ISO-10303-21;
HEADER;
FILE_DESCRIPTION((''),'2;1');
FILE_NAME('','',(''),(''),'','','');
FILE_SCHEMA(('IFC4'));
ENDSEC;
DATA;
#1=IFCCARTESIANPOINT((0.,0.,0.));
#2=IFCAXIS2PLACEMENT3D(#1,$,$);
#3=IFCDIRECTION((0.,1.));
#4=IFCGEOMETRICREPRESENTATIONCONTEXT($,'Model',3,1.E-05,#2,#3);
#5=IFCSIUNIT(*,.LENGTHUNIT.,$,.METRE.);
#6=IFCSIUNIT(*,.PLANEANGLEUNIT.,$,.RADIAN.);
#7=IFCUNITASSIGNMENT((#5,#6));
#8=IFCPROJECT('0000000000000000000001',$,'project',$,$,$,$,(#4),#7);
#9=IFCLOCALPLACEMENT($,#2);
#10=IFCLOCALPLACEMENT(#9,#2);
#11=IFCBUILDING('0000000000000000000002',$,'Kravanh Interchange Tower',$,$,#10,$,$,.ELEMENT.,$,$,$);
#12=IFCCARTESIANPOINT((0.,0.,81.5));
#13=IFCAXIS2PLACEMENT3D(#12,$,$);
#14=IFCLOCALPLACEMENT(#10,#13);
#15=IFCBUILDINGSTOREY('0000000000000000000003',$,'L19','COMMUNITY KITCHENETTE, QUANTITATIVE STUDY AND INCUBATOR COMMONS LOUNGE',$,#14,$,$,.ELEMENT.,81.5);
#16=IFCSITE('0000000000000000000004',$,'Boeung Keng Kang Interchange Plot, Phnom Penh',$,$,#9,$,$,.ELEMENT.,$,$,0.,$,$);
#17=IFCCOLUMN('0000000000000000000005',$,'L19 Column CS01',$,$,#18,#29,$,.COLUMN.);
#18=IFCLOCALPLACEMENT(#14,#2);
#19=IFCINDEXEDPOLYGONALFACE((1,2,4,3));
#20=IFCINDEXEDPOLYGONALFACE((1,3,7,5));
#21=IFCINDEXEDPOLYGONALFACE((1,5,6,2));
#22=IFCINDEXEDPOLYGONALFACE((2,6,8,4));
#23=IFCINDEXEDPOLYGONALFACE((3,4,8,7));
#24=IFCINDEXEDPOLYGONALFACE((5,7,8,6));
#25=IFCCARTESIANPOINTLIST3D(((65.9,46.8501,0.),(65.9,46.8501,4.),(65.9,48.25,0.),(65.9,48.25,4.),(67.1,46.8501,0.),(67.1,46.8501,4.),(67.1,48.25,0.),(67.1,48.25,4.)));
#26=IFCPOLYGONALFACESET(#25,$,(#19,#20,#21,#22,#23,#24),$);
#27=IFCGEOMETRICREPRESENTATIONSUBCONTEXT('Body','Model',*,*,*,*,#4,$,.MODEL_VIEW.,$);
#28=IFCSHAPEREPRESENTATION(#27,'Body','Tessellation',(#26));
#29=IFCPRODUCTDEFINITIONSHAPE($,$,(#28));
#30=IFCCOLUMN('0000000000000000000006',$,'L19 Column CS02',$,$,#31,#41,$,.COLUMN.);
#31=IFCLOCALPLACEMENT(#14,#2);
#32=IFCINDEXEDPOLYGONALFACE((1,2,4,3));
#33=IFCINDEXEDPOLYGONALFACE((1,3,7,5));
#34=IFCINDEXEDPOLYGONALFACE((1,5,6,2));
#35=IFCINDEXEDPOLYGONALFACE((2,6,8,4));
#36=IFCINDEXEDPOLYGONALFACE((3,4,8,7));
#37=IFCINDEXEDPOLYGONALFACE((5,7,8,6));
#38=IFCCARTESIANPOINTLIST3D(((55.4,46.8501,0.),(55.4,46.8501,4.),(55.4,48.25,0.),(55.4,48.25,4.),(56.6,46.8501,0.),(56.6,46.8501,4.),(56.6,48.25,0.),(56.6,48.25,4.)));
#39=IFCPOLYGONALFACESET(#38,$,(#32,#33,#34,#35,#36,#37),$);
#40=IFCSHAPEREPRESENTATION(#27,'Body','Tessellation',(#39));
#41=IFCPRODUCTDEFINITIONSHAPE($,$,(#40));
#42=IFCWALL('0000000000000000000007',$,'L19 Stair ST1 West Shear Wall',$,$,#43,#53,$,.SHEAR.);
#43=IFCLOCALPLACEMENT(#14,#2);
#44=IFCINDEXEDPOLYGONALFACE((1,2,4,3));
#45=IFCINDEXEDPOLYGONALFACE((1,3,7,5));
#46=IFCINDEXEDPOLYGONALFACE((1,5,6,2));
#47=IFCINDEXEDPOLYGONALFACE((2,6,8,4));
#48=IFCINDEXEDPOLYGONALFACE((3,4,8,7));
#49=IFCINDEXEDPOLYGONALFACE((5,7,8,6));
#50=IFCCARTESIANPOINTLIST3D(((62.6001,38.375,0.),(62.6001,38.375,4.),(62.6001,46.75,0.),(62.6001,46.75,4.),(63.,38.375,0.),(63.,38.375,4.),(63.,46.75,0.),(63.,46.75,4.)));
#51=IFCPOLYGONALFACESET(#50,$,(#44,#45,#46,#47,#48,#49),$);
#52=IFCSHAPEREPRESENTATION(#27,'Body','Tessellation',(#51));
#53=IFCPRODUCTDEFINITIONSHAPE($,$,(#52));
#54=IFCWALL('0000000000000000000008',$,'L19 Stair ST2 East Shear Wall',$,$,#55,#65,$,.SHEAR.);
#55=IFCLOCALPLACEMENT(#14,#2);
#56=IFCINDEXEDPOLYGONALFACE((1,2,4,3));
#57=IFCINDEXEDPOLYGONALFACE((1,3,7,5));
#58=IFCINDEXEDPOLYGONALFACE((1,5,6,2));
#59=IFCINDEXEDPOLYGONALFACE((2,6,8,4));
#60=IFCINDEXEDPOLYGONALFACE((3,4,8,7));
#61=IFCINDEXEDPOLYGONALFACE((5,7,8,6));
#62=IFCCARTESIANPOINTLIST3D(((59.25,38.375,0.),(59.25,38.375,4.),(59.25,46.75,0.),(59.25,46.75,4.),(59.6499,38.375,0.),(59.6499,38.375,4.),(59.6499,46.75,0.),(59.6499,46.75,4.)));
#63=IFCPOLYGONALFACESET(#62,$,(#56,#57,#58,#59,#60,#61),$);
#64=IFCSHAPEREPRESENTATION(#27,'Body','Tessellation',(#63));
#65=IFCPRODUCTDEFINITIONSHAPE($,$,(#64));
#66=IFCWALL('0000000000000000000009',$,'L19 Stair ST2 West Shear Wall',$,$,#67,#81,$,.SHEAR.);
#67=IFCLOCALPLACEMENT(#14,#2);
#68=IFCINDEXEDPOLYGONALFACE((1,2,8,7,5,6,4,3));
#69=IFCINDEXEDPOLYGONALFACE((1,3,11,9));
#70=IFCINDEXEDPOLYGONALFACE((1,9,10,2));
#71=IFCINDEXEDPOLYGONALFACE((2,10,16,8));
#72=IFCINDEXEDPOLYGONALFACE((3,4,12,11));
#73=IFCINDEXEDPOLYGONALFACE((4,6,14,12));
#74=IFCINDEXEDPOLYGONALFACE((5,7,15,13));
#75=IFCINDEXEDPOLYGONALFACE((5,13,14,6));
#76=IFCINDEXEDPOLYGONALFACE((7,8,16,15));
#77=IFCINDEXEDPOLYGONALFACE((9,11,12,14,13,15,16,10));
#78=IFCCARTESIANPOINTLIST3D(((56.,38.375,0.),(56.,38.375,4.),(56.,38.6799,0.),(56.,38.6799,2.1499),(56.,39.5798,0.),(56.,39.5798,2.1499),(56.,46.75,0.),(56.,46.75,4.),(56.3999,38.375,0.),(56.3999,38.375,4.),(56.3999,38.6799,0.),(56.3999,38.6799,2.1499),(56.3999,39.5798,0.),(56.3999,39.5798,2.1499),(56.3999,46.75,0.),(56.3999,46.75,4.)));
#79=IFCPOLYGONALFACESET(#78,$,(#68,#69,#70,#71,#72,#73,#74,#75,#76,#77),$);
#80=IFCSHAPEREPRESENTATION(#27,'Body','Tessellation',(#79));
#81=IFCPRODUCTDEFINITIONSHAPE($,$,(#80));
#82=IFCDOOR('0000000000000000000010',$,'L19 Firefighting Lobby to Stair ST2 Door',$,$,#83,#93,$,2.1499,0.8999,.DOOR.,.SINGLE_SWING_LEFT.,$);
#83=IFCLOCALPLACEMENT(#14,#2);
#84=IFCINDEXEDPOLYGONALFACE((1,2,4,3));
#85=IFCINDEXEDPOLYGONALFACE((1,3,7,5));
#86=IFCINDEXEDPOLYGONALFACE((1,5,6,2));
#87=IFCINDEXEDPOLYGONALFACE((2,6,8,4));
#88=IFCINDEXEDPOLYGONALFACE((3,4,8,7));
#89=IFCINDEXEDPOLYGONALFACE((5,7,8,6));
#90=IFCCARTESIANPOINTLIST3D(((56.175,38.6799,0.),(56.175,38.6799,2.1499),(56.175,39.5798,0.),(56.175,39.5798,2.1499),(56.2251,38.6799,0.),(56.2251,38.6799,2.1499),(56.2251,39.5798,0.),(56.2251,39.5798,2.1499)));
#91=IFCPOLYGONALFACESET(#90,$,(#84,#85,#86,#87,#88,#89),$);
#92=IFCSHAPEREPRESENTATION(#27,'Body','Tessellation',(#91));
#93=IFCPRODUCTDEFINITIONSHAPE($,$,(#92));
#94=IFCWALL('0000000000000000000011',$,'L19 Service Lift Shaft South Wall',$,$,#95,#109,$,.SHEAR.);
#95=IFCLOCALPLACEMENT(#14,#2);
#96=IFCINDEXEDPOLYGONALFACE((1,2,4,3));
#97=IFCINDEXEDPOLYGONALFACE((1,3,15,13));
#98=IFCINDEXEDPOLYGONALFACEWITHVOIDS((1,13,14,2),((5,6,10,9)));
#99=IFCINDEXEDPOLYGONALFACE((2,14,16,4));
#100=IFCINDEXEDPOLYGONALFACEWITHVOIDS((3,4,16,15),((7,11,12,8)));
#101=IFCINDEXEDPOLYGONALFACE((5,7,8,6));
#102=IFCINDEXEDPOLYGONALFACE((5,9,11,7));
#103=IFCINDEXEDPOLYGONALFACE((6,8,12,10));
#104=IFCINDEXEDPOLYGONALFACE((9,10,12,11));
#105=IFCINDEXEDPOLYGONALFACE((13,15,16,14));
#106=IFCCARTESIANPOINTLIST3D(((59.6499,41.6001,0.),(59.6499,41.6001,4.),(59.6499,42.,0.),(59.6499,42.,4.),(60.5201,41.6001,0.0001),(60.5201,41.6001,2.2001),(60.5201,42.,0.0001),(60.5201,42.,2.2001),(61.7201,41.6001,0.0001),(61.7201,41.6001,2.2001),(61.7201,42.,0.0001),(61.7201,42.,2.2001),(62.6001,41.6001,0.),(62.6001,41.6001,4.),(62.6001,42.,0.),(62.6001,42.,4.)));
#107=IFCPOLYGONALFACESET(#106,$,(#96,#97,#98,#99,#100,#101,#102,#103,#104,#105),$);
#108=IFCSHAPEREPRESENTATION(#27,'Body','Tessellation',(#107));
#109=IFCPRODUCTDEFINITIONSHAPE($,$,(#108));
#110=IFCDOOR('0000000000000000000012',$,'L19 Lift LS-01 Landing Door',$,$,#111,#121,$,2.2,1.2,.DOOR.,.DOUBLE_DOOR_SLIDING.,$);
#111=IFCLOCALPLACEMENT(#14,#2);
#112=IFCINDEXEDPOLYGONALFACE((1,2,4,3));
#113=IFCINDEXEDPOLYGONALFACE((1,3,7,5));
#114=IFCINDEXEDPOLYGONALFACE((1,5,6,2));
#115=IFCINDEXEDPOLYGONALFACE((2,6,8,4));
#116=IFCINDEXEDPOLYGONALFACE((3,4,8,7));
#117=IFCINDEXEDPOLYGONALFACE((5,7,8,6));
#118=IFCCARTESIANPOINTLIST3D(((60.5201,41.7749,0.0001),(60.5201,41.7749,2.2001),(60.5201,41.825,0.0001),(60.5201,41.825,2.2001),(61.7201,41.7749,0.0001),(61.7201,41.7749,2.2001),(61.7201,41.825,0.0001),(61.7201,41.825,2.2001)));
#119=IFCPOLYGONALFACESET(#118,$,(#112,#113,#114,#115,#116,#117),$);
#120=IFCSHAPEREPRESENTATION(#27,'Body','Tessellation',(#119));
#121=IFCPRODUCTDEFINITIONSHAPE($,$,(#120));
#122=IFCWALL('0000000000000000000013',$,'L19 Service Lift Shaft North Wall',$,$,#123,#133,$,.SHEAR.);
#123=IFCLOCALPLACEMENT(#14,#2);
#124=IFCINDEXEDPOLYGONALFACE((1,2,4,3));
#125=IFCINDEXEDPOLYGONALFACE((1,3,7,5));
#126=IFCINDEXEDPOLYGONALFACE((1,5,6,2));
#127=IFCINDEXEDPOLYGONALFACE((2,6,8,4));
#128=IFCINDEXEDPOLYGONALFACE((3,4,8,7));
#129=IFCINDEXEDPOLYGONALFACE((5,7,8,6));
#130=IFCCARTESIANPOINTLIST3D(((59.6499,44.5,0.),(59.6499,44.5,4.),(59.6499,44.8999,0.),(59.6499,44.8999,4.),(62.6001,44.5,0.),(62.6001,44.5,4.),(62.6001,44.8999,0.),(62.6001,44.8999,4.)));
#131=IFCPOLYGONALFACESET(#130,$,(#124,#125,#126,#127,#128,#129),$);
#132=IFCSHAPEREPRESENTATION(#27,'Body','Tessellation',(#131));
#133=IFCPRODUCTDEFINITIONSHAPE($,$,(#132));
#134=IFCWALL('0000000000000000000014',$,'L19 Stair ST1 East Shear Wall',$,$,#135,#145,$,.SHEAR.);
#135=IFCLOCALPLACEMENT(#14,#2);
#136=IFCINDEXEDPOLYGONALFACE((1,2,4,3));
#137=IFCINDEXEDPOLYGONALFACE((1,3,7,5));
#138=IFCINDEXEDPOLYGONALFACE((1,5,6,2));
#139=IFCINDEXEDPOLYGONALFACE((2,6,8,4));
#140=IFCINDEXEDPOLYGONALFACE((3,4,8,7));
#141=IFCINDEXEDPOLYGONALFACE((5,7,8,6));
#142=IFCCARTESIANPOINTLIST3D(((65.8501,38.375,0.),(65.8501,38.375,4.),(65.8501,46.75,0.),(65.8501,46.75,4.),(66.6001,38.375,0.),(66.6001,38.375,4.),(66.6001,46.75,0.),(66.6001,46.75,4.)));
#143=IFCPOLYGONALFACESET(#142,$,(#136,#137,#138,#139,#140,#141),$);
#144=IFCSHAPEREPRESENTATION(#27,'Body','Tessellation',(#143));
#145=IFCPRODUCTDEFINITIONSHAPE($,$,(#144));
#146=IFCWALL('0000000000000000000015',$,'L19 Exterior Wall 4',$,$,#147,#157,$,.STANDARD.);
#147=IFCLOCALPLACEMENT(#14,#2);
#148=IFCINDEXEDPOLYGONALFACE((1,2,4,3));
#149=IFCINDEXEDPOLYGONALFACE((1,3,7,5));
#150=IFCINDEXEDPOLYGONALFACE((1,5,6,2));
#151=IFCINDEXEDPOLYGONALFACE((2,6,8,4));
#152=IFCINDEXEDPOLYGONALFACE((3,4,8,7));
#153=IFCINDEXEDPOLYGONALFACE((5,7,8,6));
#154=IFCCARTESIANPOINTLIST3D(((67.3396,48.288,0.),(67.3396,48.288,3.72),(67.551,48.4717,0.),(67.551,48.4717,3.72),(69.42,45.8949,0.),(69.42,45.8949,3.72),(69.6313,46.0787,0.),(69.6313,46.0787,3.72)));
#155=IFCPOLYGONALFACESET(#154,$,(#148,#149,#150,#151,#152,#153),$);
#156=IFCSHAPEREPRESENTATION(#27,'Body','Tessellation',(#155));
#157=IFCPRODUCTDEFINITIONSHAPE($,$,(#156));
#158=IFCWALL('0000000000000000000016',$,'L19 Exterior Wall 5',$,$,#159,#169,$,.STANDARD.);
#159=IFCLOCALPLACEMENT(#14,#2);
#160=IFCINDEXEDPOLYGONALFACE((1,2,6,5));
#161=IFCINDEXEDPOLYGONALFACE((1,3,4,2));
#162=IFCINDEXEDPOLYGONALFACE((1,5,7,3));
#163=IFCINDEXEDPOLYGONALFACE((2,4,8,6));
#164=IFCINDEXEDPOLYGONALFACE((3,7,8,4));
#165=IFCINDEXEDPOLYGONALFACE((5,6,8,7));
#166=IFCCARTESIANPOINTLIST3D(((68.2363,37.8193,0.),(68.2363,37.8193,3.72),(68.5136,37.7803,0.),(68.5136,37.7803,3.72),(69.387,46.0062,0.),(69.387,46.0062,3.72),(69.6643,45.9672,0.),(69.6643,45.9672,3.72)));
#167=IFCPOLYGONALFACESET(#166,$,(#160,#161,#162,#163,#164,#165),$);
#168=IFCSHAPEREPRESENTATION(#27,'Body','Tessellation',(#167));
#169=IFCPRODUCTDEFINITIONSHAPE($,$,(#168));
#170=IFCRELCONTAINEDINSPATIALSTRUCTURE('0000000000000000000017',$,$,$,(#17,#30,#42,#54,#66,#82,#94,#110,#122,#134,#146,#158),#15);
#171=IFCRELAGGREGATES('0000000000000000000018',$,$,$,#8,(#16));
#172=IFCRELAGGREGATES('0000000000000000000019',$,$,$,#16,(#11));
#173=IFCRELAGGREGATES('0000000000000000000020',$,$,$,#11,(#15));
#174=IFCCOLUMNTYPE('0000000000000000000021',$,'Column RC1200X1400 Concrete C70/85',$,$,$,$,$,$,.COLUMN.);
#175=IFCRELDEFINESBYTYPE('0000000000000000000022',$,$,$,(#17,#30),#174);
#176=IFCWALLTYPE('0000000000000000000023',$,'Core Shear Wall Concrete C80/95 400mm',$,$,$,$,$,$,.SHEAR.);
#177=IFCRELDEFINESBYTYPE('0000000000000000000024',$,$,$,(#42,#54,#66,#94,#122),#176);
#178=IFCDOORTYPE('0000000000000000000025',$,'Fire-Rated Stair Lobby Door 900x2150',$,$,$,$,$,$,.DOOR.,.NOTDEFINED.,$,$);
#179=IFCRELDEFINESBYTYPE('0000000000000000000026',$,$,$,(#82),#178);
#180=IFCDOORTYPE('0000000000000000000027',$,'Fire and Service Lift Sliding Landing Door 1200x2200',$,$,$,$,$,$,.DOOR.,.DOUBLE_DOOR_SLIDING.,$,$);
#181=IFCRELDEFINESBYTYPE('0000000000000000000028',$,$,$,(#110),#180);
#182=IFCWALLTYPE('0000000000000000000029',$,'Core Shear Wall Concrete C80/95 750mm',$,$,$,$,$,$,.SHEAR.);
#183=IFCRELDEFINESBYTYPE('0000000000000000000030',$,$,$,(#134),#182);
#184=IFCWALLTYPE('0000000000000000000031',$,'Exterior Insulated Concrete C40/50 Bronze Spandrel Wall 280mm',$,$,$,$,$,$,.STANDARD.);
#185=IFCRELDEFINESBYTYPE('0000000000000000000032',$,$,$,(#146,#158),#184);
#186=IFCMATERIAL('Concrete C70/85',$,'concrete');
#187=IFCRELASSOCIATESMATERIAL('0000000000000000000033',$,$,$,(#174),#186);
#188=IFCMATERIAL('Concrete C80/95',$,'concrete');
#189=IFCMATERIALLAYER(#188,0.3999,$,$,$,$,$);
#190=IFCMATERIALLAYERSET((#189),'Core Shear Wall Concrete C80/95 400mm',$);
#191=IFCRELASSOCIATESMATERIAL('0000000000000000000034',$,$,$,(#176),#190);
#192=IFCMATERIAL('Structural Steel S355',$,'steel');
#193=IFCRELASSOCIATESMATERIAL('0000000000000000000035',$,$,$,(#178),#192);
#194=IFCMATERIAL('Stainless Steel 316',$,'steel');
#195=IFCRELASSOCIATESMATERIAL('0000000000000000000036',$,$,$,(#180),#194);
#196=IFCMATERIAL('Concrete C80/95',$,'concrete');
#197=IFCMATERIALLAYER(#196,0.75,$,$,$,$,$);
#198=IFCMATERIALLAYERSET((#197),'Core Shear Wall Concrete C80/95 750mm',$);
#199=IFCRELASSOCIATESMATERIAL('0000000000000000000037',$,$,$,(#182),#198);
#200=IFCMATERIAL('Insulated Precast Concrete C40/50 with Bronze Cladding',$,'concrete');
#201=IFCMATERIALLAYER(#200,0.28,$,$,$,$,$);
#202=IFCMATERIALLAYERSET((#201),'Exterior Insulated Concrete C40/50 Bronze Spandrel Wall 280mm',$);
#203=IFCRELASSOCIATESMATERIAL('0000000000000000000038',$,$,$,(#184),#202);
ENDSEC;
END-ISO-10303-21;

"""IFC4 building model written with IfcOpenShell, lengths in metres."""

from ifc_helpers import new_model, si_unit, direction, frame, frame_2d, origin, origin_2d, place, context, subcontext, project, spatial, rectangle, extrude, material, layer, layer_set, material_profile, profile_set, type_object, element, fill, save


model = new_model("IFC4")

# Units and contexts
model_context = context("Model", 3, precision=1e-05, world=origin(), true_north=direction((0.0, 1.0)))
body_context = subcontext(model_context, "Body", "Model", "MODEL_VIEW")
ifc_project = project(units=[si_unit("LENGTHUNIT", "METRE"), si_unit("PLANEANGLEUNIT", "RADIAN")], contexts=[model_context])

# Site, building, storey
site_placement = place(None, origin())
site = spatial("IfcSite", under=ifc_project, at=site_placement, Name="Boeung Keng Kang Interchange Plot, Phnom Penh", CompositionType="ELEMENT", RefElevation=0.0)
building_placement = place(site_placement, origin())
building = spatial("IfcBuilding", under=site, at=building_placement, Name="Kravanh Interchange Tower", CompositionType="ELEMENT")
storey_placement = place(building_placement, frame((0.0, 0.0, 81.5)))
storey = spatial("IfcBuildingStorey", under=building, at=storey_placement, Name="L19", Description="COMMUNITY KITCHENETTE, QUANTITATIVE STUDY AND INCUBATOR COMMONS LOUNGE", CompositionType="ELEMENT", Elevation=81.5)

# Columns
ifc_material_1 = material(Name="Concrete C70/85", Category="concrete")
ifc_material_profile = material_profile(ifc_material_1, rectangle(XDim=1.2, YDim=1.3999, at=origin_2d()), Name="RC1200X1400")
ifc_profile_set = profile_set([ifc_material_profile], Name="Concrete C70/85")
column_type = type_object("IfcColumnType", Name="Column RC1200X1400 Concrete C70/85", PredefinedType="COLUMN", material=ifc_profile_set)
for number, where, z_axis, x_axis, name in (
    (1, (66.5, 47.55, 0.0), (0.0, 0.0, 1.0), (1.0, 0.0, 0.0), "L19 Column CS01"),
    (2, (56.0, 47.55, 0.0), (0.0, 0.0, 1.0), (1.0, 0.0, 0.0), "L19 Column CS02"),
):
    element("IfcColumn", number, at=place(storey_placement, frame(where, z_axis=z_axis, x_axis=x_axis)), inside=storey, type_object=column_type, Name=name, PredefinedType="COLUMN", context=body_context, shape_type="SweptSolid", body=[
        extrude(rectangle(XDim=1.2, YDim=1.3999, at=origin_2d()), origin(), (0.0, 0.0, 1.0), 4.0),
    ])

# Walls
ifc_material_2 = material(Name="Concrete C80/95", Category="concrete")
ifc_layer_1 = layer(ifc_material_2, 0.3999)
ifc_layer_set_1 = layer_set([ifc_layer_1], Name="Core Shear Wall Concrete C80/95 400mm")
wall_type_1 = type_object("IfcWallType", Name="Core Shear Wall Concrete C80/95 400mm", PredefinedType="SHEAR", material=ifc_layer_set_1)
for number, where, z_axis, x_axis, name in (
    (3, (62.8, 38.375, 0.0), (0.0, 0.0, 1.0), (0.0, 1.0, 0.0), "L19 Stair ST1 West Shear Wall"),
    (4, (59.45, 38.375, 0.0), (0.0, 0.0, 1.0), (0.0, 1.0, 0.0), "L19 Stair ST2 East Shear Wall"),
):
    element("IfcWall", number, at=place(storey_placement, frame(where, z_axis=z_axis, x_axis=x_axis)), inside=storey, type_object=wall_type_1, Name=name, PredefinedType="SHEAR", context=body_context, shape_type="SweptSolid", body=[
        extrude(rectangle(XDim=8.375, YDim=0.3999, at=frame_2d((4.1875, 0.0))), origin(), (0.0, 0.0, 1.0), 4.0),
    ])

# Walls, openings, doors
wall_1_placement = place(storey_placement, frame((56.2, 38.375, 0.0), z_axis=(0.0, 0.0, 1.0), x_axis=(0.0, 1.0, 0.0)))
wall_1 = element("IfcWall", 5, at=wall_1_placement, inside=storey, type_object=wall_type_1, Name="L19 Stair ST2 West Shear Wall", PredefinedType="SHEAR", context=body_context, shape_type="SweptSolid", body=[
    extrude(rectangle(XDim=8.375, YDim=0.3999, at=frame_2d((4.1875, 0.0))), origin(), (0.0, 0.0, 1.0), 4.0),
])
opening_1_placement = place(wall_1_placement, frame((0.3049, 0.0, 0.0)))
opening_1 = element("IfcOpeningElement", 6, at=opening_1_placement, cuts=wall_1, PredefinedType="OPENING", context=body_context, shape_type="SweptSolid", body=[
    extrude(rectangle(XDim=0.8999, YDim=2.1499, at=frame_2d((0.45, 1.075))), frame((0.0, 0.21, 0.0), z_axis=(0.0, -1.0, 0.0), x_axis=(1.0, 0.0, 0.0)), (0.0, 0.0, 1.0), 0.4199),
])
ifc_material_3 = material(Name="Structural Steel S355", Category="steel")
door_type_1 = type_object("IfcDoorType", Name="Fire-Rated Stair Lobby Door 900x2150", OperationType="NOTDEFINED", PredefinedType="DOOR", material=ifc_material_3)
door_1_placement = place(opening_1_placement, origin())
door_1 = element("IfcDoor", 7, at=door_1_placement, inside=storey, type_object=door_type_1, Name="L19 Firefighting Lobby to Stair ST2 Door", OperationType="SINGLE_SWING_LEFT", OverallHeight=2.1499, OverallWidth=0.8999, PredefinedType="DOOR", context=body_context, shape_type="SweptSolid", body=[
    extrude(rectangle(XDim=0.8999, YDim=2.1499, at=frame_2d((0.45, 1.075))), frame((0.0, 0.0249, 0.0), z_axis=(0.0, -1.0, 0.0), x_axis=(1.0, 0.0, 0.0)), (0.0, 0.0, 1.0), 0.05),
])
fill(opening_1, door_1)
wall_2_placement = place(storey_placement, frame((59.6499, 41.8, 0.0), z_axis=(0.0, 0.0, 1.0), x_axis=(1.0, 0.0, 0.0)))
wall_2 = element("IfcWall", 8, at=wall_2_placement, inside=storey, type_object=wall_type_1, Name="L19 Service Lift Shaft South Wall", PredefinedType="SHEAR", context=body_context, shape_type="SweptSolid", body=[
    extrude(rectangle(XDim=2.9502, YDim=0.3999, at=frame_2d((1.4751, 0.0))), origin(), (0.0, 0.0, 1.0), 4.0),
])
opening_2_placement = place(wall_2_placement, frame((0.8701, 0.0, 0.0)))
opening_2 = element("IfcOpeningElement", 9, at=opening_2_placement, cuts=wall_2, PredefinedType="OPENING", context=body_context, shape_type="SweptSolid", body=[
    extrude(rectangle(XDim=1.2, YDim=2.2, at=frame_2d((0.6001, 1.1001))), frame((0.0, 0.21, 0.0), z_axis=(0.0, -1.0, 0.0), x_axis=(1.0, 0.0, 0.0)), (0.0, 0.0, 1.0), 0.4199),
])
ifc_material_4 = material(Name="Stainless Steel 316", Category="steel")
door_type_2 = type_object("IfcDoorType", Name="Fire and Service Lift Sliding Landing Door 1200x2200", OperationType="DOUBLE_DOOR_SLIDING", PredefinedType="DOOR", material=ifc_material_4)
door_2_placement = place(opening_2_placement, origin())
door_2 = element("IfcDoor", 10, at=door_2_placement, inside=storey, type_object=door_type_2, Name="L19 Lift LS-01 Landing Door", OperationType="DOUBLE_DOOR_SLIDING", OverallHeight=2.2, OverallWidth=1.2, PredefinedType="DOOR", context=body_context, shape_type="SweptSolid", body=[
    extrude(rectangle(XDim=1.2, YDim=2.2, at=frame_2d((0.6001, 1.1001))), frame((0.0, 0.0249, 0.0), z_axis=(0.0, -1.0, 0.0), x_axis=(1.0, 0.0, 0.0)), (0.0, 0.0, 1.0), 0.05),
])
fill(opening_2, door_2)

# Walls
wall_3_placement = place(storey_placement, frame((59.6499, 44.7, 0.0), z_axis=(0.0, 0.0, 1.0), x_axis=(1.0, 0.0, 0.0)))
element("IfcWall", 11, at=wall_3_placement, inside=storey, type_object=wall_type_1, Name="L19 Service Lift Shaft North Wall", PredefinedType="SHEAR", context=body_context, shape_type="SweptSolid", body=[
    extrude(rectangle(XDim=2.9502, YDim=0.3999, at=frame_2d((1.4751, 0.0))), origin(), (0.0, 0.0, 1.0), 4.0),
])
ifc_material_5 = material(Name="Concrete C80/95", Category="concrete")
ifc_layer_2 = layer(ifc_material_5, 0.75)
ifc_layer_set_2 = layer_set([ifc_layer_2], Name="Core Shear Wall Concrete C80/95 750mm")
wall_type_2 = type_object("IfcWallType", Name="Core Shear Wall Concrete C80/95 750mm", PredefinedType="SHEAR", material=ifc_layer_set_2)
wall_4_placement = place(storey_placement, frame((66.2251, 38.375, 0.0), z_axis=(0.0, 0.0, 1.0), x_axis=(0.0, 1.0, 0.0)))
element("IfcWall", 12, at=wall_4_placement, inside=storey, type_object=wall_type_2, Name="L19 Stair ST1 East Shear Wall", PredefinedType="SHEAR", context=body_context, shape_type="SweptSolid", body=[
    extrude(rectangle(XDim=8.375, YDim=0.75, at=frame_2d((4.1875, 0.0))), origin(), (0.0, 0.0, 1.0), 4.0),
])
ifc_material_6 = material(Name="Insulated Precast Concrete C40/50 with Bronze Cladding", Category="concrete")
ifc_layer_3 = layer(ifc_material_6, 0.28)
ifc_layer_set_3 = layer_set([ifc_layer_3], Name="Exterior Insulated Concrete C40/50 Bronze Spandrel Wall 280mm")
wall_type_3 = type_object("IfcWallType", Name="Exterior Insulated Concrete C40/50 Bronze Spandrel Wall 280mm", PredefinedType="STANDARD", material=ifc_layer_set_3)
wall_5_placement = place(storey_placement, frame((67.4453, 48.3799, 0.0), z_axis=(0.0, 0.0, 1.0), x_axis=(0.65607, -0.7547, 0.0)))
element("IfcWall", 13, at=wall_5_placement, inside=storey, type_object=wall_type_3, Name="L19 Exterior Wall 4", PredefinedType="STANDARD", context=body_context, shape_type="SweptSolid", body=[
    extrude(rectangle(XDim=3.1709, YDim=0.28, at=frame_2d((1.5854, 0.0))), origin(), (0.0, 0.0, 1.0), 3.72),
])
wall_6_placement = place(storey_placement, frame((69.5256, 45.9868, 0.0), z_axis=(0.0, 0.0, 1.0), x_axis=(-0.13918, -0.990267, 0.0)))
element("IfcWall", 14, at=wall_6_placement, inside=storey, type_object=wall_type_3, Name="L19 Exterior Wall 5", PredefinedType="STANDARD", context=body_context, shape_type="SweptSolid", body=[
    extrude(rectangle(XDim=8.2673, YDim=0.28, at=frame_2d((4.1338, 0.0))), origin(), (0.0, 0.0, 1.0), 3.72),
])

save(model, "model.ifc")
